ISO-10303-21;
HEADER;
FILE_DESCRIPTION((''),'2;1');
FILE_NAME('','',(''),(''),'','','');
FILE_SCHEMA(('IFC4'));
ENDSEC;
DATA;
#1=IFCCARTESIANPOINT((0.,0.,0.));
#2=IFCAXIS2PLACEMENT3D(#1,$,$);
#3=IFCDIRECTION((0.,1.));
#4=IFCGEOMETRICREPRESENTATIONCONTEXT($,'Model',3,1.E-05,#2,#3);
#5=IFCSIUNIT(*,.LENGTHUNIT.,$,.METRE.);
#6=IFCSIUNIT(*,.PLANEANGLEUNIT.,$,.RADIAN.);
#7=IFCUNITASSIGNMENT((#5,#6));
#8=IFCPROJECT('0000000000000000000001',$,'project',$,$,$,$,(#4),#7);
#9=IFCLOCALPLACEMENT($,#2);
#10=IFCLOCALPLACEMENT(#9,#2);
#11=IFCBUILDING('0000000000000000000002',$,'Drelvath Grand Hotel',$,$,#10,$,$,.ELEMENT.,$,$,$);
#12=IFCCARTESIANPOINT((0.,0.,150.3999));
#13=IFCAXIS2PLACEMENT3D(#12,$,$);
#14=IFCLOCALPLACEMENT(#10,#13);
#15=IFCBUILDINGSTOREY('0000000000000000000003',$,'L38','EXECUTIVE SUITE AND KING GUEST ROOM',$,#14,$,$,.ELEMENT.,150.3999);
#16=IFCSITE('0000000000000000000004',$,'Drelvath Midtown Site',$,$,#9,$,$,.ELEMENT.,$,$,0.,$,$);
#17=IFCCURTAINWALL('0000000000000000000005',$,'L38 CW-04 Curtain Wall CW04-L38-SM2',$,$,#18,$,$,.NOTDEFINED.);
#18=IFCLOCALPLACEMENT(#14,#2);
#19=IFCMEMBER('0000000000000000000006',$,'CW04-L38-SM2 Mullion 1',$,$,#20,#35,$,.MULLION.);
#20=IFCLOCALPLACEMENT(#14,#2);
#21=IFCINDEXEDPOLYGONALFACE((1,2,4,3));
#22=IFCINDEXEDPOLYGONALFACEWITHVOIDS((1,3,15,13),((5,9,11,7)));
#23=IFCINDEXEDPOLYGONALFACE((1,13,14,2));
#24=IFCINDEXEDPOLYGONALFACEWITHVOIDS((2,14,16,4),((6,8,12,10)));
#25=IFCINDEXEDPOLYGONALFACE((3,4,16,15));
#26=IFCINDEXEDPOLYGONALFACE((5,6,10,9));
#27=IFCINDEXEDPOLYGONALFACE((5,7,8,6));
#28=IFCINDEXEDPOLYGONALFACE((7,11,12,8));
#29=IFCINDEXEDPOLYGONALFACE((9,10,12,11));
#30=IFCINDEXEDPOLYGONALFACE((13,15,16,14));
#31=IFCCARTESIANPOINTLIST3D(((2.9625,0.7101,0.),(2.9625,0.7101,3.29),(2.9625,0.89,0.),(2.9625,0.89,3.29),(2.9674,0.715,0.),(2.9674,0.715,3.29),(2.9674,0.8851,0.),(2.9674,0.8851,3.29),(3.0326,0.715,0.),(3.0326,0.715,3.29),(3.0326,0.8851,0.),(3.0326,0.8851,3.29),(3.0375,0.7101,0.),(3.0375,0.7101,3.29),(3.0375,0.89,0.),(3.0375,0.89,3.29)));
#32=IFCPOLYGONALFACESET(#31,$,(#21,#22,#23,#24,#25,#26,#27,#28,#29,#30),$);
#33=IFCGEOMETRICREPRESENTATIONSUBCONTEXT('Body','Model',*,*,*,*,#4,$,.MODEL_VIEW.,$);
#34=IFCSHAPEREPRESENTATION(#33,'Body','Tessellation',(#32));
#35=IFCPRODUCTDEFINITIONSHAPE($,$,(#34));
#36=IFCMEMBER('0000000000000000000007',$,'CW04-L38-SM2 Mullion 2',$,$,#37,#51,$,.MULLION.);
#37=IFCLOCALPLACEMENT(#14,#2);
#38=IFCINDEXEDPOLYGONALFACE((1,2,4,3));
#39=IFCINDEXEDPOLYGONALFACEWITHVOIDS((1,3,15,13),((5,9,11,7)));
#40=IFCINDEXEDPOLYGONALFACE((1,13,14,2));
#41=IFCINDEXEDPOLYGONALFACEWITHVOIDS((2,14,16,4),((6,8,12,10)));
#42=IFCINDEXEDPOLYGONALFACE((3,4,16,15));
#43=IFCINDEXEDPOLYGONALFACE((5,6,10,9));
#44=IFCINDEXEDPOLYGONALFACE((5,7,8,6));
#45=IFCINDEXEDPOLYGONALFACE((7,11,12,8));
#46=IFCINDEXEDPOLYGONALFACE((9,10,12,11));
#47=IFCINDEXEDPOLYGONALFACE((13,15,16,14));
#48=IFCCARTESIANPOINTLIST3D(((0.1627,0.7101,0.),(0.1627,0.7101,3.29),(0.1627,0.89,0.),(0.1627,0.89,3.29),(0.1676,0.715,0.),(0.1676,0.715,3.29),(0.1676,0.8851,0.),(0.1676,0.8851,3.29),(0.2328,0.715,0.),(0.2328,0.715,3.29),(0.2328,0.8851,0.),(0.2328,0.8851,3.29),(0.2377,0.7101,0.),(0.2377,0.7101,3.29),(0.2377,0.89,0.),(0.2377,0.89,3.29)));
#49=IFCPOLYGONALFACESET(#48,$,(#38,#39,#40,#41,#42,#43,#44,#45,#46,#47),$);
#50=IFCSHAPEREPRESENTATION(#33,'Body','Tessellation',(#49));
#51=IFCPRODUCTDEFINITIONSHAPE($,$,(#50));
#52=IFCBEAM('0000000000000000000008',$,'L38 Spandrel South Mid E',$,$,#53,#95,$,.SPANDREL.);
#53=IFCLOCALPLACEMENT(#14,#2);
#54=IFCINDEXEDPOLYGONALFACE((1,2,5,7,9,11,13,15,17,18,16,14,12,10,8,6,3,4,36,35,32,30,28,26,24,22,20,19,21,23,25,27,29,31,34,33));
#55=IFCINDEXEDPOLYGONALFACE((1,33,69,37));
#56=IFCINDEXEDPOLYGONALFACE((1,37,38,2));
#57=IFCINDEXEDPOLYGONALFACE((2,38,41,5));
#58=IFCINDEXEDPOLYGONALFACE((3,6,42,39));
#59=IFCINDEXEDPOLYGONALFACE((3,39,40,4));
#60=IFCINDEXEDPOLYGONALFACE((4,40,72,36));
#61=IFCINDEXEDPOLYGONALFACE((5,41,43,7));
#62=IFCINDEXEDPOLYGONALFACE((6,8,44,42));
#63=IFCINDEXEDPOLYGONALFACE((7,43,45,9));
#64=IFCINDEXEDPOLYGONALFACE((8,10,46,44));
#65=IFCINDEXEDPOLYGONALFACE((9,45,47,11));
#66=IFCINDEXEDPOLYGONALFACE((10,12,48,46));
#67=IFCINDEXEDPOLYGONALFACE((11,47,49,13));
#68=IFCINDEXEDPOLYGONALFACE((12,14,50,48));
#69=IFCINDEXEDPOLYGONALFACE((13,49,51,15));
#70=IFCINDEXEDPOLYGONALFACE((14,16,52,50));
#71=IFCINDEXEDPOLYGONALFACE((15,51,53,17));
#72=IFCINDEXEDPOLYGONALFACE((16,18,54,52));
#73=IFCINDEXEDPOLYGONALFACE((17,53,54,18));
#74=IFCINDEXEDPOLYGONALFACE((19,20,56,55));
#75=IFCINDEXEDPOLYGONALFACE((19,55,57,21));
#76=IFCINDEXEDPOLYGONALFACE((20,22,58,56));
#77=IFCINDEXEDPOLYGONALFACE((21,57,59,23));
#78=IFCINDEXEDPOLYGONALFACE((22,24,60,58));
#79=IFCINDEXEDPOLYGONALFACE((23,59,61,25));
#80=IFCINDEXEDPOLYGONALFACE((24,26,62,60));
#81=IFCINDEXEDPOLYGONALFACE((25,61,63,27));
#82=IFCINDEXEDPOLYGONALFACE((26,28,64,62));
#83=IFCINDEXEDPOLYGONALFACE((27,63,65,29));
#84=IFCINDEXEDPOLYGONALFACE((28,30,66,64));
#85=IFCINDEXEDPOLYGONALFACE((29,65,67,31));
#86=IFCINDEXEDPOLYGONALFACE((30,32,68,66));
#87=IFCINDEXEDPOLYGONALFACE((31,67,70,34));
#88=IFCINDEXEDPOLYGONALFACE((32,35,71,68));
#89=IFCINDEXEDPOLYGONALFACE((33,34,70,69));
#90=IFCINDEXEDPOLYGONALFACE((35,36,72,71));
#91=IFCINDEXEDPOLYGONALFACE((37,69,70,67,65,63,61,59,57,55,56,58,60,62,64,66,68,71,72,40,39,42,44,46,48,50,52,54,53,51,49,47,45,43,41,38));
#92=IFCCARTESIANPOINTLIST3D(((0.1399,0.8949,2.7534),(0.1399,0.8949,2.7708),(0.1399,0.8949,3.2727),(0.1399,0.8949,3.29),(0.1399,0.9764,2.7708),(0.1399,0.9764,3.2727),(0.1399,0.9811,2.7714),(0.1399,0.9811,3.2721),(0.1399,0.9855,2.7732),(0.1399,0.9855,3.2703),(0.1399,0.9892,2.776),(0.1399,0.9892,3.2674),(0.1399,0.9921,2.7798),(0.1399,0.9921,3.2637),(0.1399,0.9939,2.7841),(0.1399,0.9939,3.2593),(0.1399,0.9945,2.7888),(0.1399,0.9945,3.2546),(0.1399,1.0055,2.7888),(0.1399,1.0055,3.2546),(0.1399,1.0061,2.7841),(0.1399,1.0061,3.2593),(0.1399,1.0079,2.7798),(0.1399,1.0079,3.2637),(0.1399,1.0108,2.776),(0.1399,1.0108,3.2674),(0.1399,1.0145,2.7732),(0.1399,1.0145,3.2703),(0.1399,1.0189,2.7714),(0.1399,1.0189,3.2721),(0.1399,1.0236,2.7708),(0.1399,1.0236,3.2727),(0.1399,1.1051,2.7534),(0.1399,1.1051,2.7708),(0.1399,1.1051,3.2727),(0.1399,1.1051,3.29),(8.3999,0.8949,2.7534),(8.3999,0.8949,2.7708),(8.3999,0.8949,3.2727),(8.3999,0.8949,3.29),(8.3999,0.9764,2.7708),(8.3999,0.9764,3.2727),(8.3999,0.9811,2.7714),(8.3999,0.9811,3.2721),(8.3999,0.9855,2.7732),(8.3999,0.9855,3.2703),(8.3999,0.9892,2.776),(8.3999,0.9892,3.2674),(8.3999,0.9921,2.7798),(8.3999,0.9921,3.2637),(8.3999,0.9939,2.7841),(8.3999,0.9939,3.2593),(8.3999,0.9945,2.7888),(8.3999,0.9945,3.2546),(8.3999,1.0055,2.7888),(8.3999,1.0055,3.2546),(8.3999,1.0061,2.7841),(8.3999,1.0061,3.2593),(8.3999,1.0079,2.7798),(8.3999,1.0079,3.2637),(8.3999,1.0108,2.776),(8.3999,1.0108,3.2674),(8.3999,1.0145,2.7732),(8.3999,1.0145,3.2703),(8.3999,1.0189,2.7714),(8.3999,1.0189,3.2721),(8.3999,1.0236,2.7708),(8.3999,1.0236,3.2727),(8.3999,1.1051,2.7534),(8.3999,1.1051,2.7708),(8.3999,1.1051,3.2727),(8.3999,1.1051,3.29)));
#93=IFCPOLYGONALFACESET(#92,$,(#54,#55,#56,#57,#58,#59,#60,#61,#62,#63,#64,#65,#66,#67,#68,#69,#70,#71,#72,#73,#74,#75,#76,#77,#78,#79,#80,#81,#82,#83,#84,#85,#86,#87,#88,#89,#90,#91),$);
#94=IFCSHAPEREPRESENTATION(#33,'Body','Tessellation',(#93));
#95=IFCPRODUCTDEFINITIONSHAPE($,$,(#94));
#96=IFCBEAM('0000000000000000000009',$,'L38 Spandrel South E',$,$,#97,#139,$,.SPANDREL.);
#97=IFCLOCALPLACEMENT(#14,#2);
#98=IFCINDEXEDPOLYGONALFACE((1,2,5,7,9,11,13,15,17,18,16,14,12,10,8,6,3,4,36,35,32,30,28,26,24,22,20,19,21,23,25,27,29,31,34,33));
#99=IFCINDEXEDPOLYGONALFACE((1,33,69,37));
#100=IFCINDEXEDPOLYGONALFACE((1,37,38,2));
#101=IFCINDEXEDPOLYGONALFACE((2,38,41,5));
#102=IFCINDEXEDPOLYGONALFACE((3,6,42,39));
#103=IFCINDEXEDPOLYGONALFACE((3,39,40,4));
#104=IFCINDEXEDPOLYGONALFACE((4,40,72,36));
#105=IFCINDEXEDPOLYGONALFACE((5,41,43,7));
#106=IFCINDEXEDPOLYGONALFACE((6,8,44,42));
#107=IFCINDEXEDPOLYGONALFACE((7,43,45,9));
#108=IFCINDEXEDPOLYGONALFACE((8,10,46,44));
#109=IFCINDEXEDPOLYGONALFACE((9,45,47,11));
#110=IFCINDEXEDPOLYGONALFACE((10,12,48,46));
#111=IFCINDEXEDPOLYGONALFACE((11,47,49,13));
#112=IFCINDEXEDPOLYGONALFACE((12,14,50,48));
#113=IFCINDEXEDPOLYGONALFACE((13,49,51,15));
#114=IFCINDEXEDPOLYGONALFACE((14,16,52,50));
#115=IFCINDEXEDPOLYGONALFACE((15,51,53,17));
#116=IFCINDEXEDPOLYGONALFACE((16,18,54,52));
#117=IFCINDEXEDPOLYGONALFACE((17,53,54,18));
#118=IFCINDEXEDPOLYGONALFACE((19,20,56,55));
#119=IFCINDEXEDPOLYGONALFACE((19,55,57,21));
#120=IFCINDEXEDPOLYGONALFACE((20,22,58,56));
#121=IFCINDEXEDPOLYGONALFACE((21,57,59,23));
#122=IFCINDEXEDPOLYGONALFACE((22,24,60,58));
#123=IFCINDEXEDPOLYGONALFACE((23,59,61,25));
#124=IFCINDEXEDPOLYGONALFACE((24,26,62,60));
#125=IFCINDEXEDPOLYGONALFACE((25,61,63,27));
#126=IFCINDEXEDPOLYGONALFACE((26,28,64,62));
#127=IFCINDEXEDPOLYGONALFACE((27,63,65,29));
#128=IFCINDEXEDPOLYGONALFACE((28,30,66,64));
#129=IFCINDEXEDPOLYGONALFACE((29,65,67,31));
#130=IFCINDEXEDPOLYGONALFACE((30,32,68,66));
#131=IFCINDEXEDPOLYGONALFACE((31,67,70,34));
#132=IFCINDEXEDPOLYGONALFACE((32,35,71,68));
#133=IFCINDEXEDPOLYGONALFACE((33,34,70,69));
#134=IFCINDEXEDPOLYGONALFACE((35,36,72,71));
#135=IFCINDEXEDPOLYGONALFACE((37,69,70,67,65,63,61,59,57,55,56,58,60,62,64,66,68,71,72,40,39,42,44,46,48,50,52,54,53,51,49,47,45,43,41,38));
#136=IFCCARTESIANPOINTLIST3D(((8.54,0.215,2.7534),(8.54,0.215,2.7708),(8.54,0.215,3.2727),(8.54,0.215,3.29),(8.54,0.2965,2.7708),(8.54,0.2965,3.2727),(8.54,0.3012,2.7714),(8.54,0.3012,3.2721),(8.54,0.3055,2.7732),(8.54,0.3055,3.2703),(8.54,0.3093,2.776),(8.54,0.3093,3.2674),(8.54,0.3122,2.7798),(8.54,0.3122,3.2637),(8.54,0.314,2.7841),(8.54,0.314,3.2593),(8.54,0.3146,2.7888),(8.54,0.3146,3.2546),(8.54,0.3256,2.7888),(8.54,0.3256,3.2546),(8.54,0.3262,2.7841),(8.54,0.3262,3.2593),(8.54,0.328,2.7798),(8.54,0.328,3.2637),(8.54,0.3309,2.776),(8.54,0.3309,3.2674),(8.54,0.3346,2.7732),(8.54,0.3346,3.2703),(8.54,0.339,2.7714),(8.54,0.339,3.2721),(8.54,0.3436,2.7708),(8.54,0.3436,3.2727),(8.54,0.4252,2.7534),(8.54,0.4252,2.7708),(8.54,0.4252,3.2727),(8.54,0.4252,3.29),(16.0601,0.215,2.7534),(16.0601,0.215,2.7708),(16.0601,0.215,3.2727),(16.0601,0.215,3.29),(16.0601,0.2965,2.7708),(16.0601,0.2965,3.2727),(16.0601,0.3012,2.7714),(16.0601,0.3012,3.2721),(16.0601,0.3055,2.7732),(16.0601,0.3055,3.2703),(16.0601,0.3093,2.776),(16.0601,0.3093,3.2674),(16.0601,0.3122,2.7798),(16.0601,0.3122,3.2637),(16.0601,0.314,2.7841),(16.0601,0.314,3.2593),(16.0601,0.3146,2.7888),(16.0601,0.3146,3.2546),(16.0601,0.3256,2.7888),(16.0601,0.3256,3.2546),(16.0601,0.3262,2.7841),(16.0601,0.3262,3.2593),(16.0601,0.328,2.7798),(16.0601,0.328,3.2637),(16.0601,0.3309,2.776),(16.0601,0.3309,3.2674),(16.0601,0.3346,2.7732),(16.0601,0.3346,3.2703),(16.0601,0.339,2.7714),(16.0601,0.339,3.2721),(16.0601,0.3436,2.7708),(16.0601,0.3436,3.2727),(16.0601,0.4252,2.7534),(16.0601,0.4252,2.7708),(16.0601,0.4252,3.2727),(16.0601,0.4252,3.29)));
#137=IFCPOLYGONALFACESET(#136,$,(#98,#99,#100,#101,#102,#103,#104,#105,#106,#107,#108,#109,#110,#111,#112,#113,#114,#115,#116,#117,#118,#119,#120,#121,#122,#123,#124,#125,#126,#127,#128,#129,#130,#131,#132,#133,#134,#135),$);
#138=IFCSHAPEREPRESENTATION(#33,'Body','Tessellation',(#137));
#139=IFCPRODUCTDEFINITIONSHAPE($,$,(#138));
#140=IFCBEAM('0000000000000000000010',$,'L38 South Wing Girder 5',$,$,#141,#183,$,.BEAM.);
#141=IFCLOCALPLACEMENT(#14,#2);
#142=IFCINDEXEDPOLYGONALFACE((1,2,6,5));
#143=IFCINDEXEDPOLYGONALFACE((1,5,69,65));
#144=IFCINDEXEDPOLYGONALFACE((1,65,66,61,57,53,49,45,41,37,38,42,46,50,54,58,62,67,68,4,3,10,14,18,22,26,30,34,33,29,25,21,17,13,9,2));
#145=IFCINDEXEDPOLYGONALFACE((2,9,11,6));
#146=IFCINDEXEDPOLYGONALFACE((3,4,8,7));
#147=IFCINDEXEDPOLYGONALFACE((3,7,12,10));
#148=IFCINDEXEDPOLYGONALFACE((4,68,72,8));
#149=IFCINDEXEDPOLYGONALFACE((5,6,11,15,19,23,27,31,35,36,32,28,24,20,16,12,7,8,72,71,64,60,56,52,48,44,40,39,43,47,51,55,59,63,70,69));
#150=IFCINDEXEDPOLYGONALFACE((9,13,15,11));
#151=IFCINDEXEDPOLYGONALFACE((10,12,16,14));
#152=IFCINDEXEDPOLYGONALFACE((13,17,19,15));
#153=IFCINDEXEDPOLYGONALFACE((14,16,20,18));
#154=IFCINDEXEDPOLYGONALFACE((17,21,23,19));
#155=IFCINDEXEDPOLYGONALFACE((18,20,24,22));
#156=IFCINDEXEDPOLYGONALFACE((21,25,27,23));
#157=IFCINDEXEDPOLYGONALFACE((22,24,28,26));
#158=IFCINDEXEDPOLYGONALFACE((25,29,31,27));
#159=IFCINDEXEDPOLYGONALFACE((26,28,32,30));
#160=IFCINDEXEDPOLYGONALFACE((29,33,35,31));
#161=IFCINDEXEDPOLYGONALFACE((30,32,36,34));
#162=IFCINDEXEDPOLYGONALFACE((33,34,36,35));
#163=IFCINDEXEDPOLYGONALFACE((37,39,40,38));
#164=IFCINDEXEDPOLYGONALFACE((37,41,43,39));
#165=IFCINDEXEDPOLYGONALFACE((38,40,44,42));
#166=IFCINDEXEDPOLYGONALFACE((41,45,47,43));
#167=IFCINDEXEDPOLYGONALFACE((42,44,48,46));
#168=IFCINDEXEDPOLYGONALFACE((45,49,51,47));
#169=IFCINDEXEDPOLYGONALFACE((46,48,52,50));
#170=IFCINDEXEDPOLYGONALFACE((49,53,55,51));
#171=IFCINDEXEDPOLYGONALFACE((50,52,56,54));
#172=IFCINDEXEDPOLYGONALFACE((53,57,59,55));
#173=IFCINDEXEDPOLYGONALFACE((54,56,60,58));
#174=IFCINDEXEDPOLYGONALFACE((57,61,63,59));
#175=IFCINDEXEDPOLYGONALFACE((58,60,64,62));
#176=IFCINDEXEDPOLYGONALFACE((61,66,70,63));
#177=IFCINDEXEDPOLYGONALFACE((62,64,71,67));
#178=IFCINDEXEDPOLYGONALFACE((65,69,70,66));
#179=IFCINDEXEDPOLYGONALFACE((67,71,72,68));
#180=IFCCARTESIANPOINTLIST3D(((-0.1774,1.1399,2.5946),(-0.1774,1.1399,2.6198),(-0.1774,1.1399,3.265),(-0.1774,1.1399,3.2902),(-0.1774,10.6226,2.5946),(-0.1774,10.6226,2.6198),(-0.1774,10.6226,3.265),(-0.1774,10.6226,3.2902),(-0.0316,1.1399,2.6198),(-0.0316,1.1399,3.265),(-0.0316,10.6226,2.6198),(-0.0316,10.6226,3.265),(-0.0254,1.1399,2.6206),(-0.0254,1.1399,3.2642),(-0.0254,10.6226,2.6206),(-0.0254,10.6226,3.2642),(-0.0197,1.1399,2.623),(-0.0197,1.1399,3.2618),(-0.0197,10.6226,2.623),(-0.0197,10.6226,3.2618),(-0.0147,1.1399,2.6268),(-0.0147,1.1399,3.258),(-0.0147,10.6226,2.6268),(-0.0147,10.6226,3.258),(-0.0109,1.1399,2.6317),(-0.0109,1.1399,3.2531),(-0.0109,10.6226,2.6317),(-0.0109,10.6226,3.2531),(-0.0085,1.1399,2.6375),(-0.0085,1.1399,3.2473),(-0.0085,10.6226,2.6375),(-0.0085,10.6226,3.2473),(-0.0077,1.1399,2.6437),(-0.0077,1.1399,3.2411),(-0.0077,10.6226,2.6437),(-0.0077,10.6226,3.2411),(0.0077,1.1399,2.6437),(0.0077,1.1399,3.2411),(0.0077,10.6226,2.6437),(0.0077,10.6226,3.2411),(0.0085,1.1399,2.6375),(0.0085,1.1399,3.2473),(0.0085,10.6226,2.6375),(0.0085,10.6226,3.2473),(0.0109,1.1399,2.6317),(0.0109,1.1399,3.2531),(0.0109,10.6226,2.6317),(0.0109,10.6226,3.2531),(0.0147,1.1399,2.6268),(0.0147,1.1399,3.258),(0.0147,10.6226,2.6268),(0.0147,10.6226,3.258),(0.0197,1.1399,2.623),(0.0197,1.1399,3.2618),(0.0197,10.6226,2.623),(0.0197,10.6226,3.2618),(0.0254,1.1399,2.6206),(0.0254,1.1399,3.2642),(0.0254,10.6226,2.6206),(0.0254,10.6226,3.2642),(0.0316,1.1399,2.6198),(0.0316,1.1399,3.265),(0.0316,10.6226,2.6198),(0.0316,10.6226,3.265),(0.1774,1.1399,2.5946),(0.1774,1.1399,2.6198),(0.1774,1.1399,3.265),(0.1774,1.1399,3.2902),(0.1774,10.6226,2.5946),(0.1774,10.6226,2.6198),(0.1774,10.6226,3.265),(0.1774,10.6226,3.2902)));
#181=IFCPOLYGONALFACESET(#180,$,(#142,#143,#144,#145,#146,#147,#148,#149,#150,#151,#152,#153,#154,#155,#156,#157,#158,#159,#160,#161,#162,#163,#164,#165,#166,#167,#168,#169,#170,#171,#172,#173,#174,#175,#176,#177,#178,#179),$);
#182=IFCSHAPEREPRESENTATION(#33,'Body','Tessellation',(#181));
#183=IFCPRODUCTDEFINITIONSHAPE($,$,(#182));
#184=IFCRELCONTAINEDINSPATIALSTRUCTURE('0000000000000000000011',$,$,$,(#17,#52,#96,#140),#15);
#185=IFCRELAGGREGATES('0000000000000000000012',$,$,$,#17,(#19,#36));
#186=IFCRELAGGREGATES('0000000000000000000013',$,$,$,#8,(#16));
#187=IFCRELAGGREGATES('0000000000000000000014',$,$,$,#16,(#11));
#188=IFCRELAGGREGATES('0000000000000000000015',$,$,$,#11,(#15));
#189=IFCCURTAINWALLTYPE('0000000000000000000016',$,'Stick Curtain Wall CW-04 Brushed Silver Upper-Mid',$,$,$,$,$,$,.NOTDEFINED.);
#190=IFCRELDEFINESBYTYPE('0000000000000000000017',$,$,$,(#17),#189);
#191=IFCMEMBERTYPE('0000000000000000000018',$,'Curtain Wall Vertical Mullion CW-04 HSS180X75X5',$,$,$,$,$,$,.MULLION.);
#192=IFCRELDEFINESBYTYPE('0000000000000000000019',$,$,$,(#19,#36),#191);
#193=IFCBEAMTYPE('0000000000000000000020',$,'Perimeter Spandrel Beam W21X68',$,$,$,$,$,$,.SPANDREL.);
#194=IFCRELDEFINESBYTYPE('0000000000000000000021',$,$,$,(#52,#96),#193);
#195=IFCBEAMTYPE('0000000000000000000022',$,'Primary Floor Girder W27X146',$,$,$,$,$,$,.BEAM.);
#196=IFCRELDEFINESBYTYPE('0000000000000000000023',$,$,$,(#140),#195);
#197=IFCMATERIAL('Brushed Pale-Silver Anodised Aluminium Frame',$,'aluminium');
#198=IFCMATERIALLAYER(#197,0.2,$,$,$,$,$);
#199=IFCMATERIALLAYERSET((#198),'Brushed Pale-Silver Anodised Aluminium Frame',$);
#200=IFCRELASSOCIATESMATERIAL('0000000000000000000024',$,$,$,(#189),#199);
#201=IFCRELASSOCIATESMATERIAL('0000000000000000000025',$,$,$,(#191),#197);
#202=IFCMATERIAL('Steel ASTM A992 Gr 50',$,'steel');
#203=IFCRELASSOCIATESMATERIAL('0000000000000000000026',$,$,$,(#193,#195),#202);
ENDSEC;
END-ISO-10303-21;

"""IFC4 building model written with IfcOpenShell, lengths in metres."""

from ifc_helpers import new_model, si_unit, direction, frame, origin, origin_2d, place, context, subcontext, project, spatial, hollow_rectangle, i_section, extrude, material, layer, layer_set, material_profile, profile_set, type_object, element, aggregate, save


model = new_model("IFC4")

# Units and contexts
model_context = context("Model", 3, precision=1e-05, world=origin(), true_north=direction((0.0, 1.0)))
body_context = subcontext(model_context, "Body", "Model", "MODEL_VIEW")
ifc_project = project(units=[si_unit("LENGTHUNIT", "METRE"), si_unit("PLANEANGLEUNIT", "RADIAN")], contexts=[model_context])

# Site, building, storey
site_placement = place(None, origin())
site = spatial("IfcSite", under=ifc_project, at=site_placement, Name="Drelvath Midtown Site", CompositionType="ELEMENT", RefElevation=0.0)
building_placement = place(site_placement, origin())
building = spatial("IfcBuilding", under=site, at=building_placement, Name="Drelvath Grand Hotel", CompositionType="ELEMENT")
storey_placement = place(building_placement, frame((0.0, 0.0, 150.3999)))
storey = spatial("IfcBuildingStorey", under=building, at=storey_placement, Name="L38", Description="EXECUTIVE SUITE AND KING GUEST ROOM", CompositionType="ELEMENT", Elevation=150.3999)

# Curtain wall
ifc_material_1 = material(Name="Brushed Pale-Silver Anodised Aluminium Frame", Category="aluminium")
ifc_layer_1 = layer(ifc_material_1, 0.2)
ifc_layer_set_1 = layer_set([ifc_layer_1], Name="Brushed Pale-Silver Anodised Aluminium Frame")
curtain_wall_type = type_object("IfcCurtainWallType", Name="Stick Curtain Wall CW-04 Brushed Silver Upper-Mid", PredefinedType="NOTDEFINED", material=ifc_layer_set_1)
curtain_wall_1_placement = place(storey_placement, origin())
curtain_wall_1 = element("IfcCurtainWall", 1, at=curtain_wall_1_placement, inside=storey, type_object=curtain_wall_type, Name="L38 CW-04 Curtain Wall CW04-L38-SM2", PredefinedType="NOTDEFINED")

# Shared definitions
ifc_material_profile_1 = material_profile(ifc_material_1, hollow_rectangle(XDim=0.075, YDim=0.1799, WallThickness=0.0049, at=origin_2d()), Name="HSS180X75X5")
ifc_profile_set_1 = profile_set([ifc_material_profile_1], Name="Brushed Pale-Silver Anodised Aluminium Frame")
member_type_1 = type_object("IfcMemberType", Name="Curtain Wall Vertical Mullion CW-04 HSS180X75X5", PredefinedType="MULLION", material=ifc_profile_set_1)

# Members
member_1_placement = place(storey_placement, frame((3.0, 0.8, 0.0), z_axis=(0.0, 0.0, 1.0), x_axis=(1.0, 0.0, 0.0)))
member_1 = element("IfcMember", 2, at=member_1_placement, type_object=member_type_1, Name="CW04-L38-SM2 Mullion 1", PredefinedType="MULLION", context=body_context, shape_type="SweptSolid", body=[
    extrude(hollow_rectangle(XDim=0.075, YDim=0.1799, WallThickness=0.0049, at=origin_2d()), origin(), (0.0, 0.0, 1.0), 3.29),
])
member_2_placement = place(storey_placement, frame((0.2002, 0.8, 0.0), z_axis=(0.0, 0.0, 1.0), x_axis=(1.0, 0.0, 0.0)))
member_2 = element("IfcMember", 3, at=member_2_placement, type_object=member_type_1, Name="CW04-L38-SM2 Mullion 2", PredefinedType="MULLION", context=body_context, shape_type="SweptSolid", body=[
    extrude(hollow_rectangle(XDim=0.075, YDim=0.1799, WallThickness=0.0049, at=origin_2d()), origin(), (0.0, 0.0, 1.0), 3.29),
])

# Beams
ifc_material_2 = material(Name="Steel ASTM A992 Gr 50", Category="steel")
ifc_material_profile_2 = material_profile(ifc_material_2, i_section(OverallWidth=0.2102, OverallDepth=0.5366, WebThickness=0.011, FlangeThickness=0.0173, FilletRadius=0.0181, at=origin_2d()), Name="W21X68")
ifc_profile_set_2 = profile_set([ifc_material_profile_2], Name="Steel ASTM A992 Gr 50")
beam_type_1 = type_object("IfcBeamType", Name="Perimeter Spandrel Beam W21X68", PredefinedType="SPANDREL", material=ifc_profile_set_2)
beam_1_placement = place(storey_placement, frame((0.1399, 1.0, 3.0217), z_axis=(1.0, 0.0, 0.0), x_axis=(0.0, 1.0, 0.0)))
element("IfcBeam", 4, at=beam_1_placement, inside=storey, type_object=beam_type_1, Name="L38 Spandrel South Mid E", PredefinedType="SPANDREL", context=body_context, shape_type="SweptSolid", body=[
    extrude(i_section(OverallWidth=0.2102, OverallDepth=0.5366, WebThickness=0.011, FlangeThickness=0.0173, FilletRadius=0.0181, at=origin_2d()), origin(), (0.0, 0.0, 1.0), 8.26),
])
beam_2_placement = place(storey_placement, frame((8.54, 0.3201, 3.0217), z_axis=(1.0, 0.0, 0.0), x_axis=(0.0, 1.0, 0.0)))
element("IfcBeam", 5, at=beam_2_placement, inside=storey, type_object=beam_type_1, Name="L38 Spandrel South E", PredefinedType="SPANDREL", context=body_context, shape_type="SweptSolid", body=[
    extrude(i_section(OverallWidth=0.2102, OverallDepth=0.5366, WebThickness=0.011, FlangeThickness=0.0173, FilletRadius=0.0181, at=origin_2d()), origin(), (0.0, 0.0, 1.0), 7.52),
])
ifc_material_profile_3 = material_profile(ifc_material_2, i_section(OverallWidth=0.3547, OverallDepth=0.6956, WebThickness=0.0154, FlangeThickness=0.0251, FilletRadius=0.0239, at=origin_2d()), Name="W27X146")
ifc_profile_set_3 = profile_set([ifc_material_profile_3], Name="Steel ASTM A992 Gr 50")
beam_type_2 = type_object("IfcBeamType", Name="Primary Floor Girder W27X146", PredefinedType="BEAM", material=ifc_profile_set_3)
beam_3_placement = place(storey_placement, frame((0.0, 1.1399, 2.9424), z_axis=(0.0, 1.0, 0.0), x_axis=(-1.0, 0.0, 0.0)))
element("IfcBeam", 6, at=beam_3_placement, inside=storey, type_object=beam_type_2, Name="L38 South Wing Girder 5", PredefinedType="BEAM", context=body_context, shape_type="SweptSolid", body=[
    extrude(i_section(OverallWidth=0.3547, OverallDepth=0.6956, WebThickness=0.0154, FlangeThickness=0.0251, FilletRadius=0.0239, at=origin_2d()), origin(), (0.0, 0.0, 1.0), 9.4827),
])

aggregate(curtain_wall_1, [member_1, member_2])

save(model, "model.ifc")
